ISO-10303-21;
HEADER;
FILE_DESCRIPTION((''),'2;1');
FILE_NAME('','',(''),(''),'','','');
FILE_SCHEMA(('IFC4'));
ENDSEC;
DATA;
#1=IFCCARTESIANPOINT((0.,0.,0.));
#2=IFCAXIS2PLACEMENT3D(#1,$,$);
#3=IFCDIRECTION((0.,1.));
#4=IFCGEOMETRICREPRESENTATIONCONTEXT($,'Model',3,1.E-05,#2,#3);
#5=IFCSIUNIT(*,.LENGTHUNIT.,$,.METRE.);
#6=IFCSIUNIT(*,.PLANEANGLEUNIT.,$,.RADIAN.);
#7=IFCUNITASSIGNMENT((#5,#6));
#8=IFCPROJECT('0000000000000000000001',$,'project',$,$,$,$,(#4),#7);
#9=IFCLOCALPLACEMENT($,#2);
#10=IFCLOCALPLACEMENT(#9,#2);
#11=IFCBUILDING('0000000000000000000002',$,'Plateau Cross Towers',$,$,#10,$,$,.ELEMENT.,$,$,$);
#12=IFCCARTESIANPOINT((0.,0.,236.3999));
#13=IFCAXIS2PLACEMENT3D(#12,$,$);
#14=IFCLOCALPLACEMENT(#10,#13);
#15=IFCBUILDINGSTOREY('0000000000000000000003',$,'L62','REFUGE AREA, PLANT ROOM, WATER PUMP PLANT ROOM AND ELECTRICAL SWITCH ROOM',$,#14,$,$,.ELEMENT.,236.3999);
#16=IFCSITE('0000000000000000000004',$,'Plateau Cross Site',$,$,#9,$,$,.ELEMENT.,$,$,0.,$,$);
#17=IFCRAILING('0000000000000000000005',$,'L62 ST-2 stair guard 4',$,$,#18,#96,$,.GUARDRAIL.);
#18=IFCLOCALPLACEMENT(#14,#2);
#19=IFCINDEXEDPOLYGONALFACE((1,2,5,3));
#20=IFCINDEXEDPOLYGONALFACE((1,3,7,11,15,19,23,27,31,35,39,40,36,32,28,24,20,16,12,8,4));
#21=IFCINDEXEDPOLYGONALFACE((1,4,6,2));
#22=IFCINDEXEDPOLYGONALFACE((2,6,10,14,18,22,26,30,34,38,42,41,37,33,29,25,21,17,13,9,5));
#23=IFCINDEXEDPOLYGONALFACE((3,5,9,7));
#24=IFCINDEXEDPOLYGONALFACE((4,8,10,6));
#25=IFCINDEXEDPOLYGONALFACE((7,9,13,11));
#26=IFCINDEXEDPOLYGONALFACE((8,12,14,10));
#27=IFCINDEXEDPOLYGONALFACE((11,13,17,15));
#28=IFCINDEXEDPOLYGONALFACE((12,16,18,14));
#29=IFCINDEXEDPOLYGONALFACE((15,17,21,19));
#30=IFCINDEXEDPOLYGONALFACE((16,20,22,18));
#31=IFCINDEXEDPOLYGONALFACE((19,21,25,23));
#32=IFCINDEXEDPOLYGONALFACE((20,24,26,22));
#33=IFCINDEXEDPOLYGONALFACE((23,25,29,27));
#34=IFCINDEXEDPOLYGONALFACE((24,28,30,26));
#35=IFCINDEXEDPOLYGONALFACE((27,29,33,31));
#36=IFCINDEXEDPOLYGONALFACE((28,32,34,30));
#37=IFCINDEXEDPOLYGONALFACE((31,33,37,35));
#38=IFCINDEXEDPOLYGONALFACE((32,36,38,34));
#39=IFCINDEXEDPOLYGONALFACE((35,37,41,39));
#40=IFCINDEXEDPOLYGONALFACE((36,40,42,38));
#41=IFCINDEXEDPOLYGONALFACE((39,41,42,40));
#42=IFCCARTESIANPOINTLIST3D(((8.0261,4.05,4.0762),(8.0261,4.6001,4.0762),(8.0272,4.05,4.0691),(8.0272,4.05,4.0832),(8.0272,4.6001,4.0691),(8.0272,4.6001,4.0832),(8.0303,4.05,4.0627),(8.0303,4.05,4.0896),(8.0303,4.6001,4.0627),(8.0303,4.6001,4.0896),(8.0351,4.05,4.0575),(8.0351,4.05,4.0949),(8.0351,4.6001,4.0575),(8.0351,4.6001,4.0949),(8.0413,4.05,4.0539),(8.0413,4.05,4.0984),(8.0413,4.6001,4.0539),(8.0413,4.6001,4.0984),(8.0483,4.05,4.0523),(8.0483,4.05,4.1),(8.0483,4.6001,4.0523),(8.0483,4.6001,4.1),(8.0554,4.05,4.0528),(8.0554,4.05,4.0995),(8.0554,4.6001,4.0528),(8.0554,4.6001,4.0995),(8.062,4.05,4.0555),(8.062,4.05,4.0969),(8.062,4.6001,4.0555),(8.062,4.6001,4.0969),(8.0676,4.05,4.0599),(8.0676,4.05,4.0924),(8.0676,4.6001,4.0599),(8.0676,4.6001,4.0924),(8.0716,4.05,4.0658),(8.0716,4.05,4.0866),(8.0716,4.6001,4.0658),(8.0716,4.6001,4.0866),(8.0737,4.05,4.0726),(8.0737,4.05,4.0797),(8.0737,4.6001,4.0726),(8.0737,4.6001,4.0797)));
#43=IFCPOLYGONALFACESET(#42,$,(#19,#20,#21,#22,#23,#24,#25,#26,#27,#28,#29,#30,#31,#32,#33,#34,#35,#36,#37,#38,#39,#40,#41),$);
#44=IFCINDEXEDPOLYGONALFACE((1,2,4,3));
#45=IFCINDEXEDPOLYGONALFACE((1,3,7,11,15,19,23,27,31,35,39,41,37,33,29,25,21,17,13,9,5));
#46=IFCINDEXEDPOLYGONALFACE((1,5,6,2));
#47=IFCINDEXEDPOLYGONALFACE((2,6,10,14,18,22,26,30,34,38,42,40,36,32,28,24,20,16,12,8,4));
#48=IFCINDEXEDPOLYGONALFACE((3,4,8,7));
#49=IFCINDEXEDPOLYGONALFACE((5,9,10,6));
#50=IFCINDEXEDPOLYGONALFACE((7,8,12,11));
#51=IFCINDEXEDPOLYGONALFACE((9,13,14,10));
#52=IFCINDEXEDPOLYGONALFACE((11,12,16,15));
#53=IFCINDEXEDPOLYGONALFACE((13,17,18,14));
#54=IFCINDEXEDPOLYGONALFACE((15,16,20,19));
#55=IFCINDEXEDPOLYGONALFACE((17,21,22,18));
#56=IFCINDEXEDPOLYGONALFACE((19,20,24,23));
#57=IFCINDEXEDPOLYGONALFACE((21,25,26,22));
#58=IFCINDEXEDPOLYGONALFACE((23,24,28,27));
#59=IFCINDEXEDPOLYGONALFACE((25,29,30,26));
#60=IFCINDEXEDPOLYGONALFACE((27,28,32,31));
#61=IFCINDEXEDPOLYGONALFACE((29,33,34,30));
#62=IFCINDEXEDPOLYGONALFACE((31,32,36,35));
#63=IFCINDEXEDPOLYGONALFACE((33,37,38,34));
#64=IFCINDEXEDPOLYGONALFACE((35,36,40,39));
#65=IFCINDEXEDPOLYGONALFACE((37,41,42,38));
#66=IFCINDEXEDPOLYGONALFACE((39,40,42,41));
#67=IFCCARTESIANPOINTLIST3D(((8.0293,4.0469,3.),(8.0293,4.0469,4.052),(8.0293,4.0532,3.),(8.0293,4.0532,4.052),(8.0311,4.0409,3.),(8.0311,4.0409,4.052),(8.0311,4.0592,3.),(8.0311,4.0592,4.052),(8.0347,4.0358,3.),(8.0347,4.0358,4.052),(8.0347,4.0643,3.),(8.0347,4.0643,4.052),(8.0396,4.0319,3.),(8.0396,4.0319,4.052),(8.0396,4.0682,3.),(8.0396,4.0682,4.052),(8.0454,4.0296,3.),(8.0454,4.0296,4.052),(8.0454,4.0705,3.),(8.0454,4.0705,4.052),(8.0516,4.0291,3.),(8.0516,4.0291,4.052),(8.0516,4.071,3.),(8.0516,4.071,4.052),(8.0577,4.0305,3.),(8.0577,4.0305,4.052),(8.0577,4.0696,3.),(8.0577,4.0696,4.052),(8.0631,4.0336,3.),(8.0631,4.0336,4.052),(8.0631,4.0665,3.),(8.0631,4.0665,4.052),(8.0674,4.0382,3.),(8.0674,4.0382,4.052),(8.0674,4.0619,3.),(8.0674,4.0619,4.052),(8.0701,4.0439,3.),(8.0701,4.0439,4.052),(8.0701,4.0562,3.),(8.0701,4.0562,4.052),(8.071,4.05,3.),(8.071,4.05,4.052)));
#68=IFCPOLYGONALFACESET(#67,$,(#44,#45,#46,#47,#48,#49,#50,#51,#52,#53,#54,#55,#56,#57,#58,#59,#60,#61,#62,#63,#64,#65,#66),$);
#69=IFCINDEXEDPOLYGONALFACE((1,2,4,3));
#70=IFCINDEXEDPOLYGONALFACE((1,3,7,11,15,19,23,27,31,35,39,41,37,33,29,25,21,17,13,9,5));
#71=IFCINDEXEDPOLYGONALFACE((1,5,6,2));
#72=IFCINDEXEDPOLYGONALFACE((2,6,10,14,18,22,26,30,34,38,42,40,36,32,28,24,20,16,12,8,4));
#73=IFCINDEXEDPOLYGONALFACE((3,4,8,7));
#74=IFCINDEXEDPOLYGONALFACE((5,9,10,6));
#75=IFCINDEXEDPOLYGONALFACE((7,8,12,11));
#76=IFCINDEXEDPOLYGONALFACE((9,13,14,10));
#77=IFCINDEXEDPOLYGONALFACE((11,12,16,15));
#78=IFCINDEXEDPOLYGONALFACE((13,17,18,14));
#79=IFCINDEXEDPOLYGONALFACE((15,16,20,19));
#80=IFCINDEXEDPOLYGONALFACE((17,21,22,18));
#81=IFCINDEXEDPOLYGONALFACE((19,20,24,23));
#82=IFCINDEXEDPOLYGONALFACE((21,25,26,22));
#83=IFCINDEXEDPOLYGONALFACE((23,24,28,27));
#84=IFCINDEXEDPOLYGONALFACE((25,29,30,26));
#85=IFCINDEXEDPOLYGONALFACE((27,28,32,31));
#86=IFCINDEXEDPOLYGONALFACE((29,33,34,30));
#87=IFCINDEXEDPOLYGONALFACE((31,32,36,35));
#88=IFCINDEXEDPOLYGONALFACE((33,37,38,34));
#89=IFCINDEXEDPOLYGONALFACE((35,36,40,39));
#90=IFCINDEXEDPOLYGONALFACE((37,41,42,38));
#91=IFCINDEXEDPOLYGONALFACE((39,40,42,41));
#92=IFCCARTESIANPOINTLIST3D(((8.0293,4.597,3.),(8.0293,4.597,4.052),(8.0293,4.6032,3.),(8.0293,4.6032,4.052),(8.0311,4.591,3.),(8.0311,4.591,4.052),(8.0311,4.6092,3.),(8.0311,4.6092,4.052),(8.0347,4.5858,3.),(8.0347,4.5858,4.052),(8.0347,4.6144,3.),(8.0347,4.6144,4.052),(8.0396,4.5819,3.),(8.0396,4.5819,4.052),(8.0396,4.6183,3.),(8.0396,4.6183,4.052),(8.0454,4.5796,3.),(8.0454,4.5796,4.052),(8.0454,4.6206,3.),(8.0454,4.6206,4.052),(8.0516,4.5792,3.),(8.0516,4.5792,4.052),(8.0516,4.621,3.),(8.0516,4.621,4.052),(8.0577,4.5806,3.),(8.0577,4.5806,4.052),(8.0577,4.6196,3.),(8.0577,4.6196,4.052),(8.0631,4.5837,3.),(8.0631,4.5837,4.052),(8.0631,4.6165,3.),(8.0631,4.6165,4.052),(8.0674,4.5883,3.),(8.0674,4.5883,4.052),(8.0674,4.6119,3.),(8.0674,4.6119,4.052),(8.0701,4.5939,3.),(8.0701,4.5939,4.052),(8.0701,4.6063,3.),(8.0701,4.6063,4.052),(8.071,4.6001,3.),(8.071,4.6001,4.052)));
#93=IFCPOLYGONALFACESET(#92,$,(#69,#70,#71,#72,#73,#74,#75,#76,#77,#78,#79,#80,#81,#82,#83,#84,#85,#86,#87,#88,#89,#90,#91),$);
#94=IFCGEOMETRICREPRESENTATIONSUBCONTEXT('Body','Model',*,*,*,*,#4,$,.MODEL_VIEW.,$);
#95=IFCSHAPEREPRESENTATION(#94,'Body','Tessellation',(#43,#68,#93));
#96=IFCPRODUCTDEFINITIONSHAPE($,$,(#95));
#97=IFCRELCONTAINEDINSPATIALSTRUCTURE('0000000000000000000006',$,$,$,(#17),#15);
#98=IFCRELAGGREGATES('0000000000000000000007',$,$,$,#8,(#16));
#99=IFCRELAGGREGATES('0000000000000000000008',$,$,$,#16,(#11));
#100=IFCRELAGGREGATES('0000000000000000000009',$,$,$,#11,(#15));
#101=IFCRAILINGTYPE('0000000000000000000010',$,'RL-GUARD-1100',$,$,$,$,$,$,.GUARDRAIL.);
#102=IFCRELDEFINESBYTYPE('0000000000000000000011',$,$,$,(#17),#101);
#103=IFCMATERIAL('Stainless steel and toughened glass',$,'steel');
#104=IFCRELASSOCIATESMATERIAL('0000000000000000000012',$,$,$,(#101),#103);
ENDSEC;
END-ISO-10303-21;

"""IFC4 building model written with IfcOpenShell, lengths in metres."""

from ifc_helpers import new_model, si_unit, direction, frame, origin, origin_2d, place, context, subcontext, project, spatial, circle, extrude, material, type_object, element, save


model = new_model("IFC4")

# Units and contexts
model_context = context("Model", 3, precision=1e-05, world=origin(), true_north=direction((0.0, 1.0)))
body_context = subcontext(model_context, "Body", "Model", "MODEL_VIEW")
ifc_project = project(units=[si_unit("LENGTHUNIT", "METRE"), si_unit("PLANEANGLEUNIT", "RADIAN")], contexts=[model_context])

# Site, building, storey
site_placement = place(None, origin())
site = spatial("IfcSite", under=ifc_project, at=site_placement, Name="Plateau Cross Site", CompositionType="ELEMENT", RefElevation=0.0)
building_placement = place(site_placement, origin())
building = spatial("IfcBuilding", under=site, at=building_placement, Name="Plateau Cross Towers", CompositionType="ELEMENT")
storey_placement = place(building_placement, frame((0.0, 0.0, 236.3999)))
storey = spatial("IfcBuildingStorey", under=building, at=storey_placement, Name="L62", Description="REFUGE AREA, PLANT ROOM, WATER PUMP PLANT ROOM AND ELECTRICAL SWITCH ROOM", CompositionType="ELEMENT", Elevation=236.3999)

# Railing
ifc_material_1 = material(Name="Stainless steel and toughened glass", Category="steel")
railing_type_1 = type_object("IfcRailingType", Name="RL-GUARD-1100", PredefinedType="GUARDRAIL", material=ifc_material_1)
railing_1_placement = place(storey_placement, frame((8.05, 4.05, 3.0)))
element("IfcRailing", 1, at=railing_1_placement, inside=storey, type_object=railing_type_1, Name="L62 ST-2 stair guard 4", PredefinedType="GUARDRAIL", context=body_context, shape_type="SweptSolid", body=[
    extrude(circle(Radius=0.0239, at=origin_2d()), frame((0.0, 0.0, 1.0762), z_axis=(0.0, 1.0, 0.0), x_axis=(-1.0, 0.0, 0.0)), (0.0, 0.0, 1.0), 0.55),
    extrude(circle(Radius=0.021, at=origin_2d()), origin(), (0.0, 0.0, 1.0), 1.052),
    extrude(circle(Radius=0.021, at=origin_2d()), frame((0.0, 0.55, 0.0)), (0.0, 0.0, 1.0), 1.052),
])

save(model, "model.ifc")
